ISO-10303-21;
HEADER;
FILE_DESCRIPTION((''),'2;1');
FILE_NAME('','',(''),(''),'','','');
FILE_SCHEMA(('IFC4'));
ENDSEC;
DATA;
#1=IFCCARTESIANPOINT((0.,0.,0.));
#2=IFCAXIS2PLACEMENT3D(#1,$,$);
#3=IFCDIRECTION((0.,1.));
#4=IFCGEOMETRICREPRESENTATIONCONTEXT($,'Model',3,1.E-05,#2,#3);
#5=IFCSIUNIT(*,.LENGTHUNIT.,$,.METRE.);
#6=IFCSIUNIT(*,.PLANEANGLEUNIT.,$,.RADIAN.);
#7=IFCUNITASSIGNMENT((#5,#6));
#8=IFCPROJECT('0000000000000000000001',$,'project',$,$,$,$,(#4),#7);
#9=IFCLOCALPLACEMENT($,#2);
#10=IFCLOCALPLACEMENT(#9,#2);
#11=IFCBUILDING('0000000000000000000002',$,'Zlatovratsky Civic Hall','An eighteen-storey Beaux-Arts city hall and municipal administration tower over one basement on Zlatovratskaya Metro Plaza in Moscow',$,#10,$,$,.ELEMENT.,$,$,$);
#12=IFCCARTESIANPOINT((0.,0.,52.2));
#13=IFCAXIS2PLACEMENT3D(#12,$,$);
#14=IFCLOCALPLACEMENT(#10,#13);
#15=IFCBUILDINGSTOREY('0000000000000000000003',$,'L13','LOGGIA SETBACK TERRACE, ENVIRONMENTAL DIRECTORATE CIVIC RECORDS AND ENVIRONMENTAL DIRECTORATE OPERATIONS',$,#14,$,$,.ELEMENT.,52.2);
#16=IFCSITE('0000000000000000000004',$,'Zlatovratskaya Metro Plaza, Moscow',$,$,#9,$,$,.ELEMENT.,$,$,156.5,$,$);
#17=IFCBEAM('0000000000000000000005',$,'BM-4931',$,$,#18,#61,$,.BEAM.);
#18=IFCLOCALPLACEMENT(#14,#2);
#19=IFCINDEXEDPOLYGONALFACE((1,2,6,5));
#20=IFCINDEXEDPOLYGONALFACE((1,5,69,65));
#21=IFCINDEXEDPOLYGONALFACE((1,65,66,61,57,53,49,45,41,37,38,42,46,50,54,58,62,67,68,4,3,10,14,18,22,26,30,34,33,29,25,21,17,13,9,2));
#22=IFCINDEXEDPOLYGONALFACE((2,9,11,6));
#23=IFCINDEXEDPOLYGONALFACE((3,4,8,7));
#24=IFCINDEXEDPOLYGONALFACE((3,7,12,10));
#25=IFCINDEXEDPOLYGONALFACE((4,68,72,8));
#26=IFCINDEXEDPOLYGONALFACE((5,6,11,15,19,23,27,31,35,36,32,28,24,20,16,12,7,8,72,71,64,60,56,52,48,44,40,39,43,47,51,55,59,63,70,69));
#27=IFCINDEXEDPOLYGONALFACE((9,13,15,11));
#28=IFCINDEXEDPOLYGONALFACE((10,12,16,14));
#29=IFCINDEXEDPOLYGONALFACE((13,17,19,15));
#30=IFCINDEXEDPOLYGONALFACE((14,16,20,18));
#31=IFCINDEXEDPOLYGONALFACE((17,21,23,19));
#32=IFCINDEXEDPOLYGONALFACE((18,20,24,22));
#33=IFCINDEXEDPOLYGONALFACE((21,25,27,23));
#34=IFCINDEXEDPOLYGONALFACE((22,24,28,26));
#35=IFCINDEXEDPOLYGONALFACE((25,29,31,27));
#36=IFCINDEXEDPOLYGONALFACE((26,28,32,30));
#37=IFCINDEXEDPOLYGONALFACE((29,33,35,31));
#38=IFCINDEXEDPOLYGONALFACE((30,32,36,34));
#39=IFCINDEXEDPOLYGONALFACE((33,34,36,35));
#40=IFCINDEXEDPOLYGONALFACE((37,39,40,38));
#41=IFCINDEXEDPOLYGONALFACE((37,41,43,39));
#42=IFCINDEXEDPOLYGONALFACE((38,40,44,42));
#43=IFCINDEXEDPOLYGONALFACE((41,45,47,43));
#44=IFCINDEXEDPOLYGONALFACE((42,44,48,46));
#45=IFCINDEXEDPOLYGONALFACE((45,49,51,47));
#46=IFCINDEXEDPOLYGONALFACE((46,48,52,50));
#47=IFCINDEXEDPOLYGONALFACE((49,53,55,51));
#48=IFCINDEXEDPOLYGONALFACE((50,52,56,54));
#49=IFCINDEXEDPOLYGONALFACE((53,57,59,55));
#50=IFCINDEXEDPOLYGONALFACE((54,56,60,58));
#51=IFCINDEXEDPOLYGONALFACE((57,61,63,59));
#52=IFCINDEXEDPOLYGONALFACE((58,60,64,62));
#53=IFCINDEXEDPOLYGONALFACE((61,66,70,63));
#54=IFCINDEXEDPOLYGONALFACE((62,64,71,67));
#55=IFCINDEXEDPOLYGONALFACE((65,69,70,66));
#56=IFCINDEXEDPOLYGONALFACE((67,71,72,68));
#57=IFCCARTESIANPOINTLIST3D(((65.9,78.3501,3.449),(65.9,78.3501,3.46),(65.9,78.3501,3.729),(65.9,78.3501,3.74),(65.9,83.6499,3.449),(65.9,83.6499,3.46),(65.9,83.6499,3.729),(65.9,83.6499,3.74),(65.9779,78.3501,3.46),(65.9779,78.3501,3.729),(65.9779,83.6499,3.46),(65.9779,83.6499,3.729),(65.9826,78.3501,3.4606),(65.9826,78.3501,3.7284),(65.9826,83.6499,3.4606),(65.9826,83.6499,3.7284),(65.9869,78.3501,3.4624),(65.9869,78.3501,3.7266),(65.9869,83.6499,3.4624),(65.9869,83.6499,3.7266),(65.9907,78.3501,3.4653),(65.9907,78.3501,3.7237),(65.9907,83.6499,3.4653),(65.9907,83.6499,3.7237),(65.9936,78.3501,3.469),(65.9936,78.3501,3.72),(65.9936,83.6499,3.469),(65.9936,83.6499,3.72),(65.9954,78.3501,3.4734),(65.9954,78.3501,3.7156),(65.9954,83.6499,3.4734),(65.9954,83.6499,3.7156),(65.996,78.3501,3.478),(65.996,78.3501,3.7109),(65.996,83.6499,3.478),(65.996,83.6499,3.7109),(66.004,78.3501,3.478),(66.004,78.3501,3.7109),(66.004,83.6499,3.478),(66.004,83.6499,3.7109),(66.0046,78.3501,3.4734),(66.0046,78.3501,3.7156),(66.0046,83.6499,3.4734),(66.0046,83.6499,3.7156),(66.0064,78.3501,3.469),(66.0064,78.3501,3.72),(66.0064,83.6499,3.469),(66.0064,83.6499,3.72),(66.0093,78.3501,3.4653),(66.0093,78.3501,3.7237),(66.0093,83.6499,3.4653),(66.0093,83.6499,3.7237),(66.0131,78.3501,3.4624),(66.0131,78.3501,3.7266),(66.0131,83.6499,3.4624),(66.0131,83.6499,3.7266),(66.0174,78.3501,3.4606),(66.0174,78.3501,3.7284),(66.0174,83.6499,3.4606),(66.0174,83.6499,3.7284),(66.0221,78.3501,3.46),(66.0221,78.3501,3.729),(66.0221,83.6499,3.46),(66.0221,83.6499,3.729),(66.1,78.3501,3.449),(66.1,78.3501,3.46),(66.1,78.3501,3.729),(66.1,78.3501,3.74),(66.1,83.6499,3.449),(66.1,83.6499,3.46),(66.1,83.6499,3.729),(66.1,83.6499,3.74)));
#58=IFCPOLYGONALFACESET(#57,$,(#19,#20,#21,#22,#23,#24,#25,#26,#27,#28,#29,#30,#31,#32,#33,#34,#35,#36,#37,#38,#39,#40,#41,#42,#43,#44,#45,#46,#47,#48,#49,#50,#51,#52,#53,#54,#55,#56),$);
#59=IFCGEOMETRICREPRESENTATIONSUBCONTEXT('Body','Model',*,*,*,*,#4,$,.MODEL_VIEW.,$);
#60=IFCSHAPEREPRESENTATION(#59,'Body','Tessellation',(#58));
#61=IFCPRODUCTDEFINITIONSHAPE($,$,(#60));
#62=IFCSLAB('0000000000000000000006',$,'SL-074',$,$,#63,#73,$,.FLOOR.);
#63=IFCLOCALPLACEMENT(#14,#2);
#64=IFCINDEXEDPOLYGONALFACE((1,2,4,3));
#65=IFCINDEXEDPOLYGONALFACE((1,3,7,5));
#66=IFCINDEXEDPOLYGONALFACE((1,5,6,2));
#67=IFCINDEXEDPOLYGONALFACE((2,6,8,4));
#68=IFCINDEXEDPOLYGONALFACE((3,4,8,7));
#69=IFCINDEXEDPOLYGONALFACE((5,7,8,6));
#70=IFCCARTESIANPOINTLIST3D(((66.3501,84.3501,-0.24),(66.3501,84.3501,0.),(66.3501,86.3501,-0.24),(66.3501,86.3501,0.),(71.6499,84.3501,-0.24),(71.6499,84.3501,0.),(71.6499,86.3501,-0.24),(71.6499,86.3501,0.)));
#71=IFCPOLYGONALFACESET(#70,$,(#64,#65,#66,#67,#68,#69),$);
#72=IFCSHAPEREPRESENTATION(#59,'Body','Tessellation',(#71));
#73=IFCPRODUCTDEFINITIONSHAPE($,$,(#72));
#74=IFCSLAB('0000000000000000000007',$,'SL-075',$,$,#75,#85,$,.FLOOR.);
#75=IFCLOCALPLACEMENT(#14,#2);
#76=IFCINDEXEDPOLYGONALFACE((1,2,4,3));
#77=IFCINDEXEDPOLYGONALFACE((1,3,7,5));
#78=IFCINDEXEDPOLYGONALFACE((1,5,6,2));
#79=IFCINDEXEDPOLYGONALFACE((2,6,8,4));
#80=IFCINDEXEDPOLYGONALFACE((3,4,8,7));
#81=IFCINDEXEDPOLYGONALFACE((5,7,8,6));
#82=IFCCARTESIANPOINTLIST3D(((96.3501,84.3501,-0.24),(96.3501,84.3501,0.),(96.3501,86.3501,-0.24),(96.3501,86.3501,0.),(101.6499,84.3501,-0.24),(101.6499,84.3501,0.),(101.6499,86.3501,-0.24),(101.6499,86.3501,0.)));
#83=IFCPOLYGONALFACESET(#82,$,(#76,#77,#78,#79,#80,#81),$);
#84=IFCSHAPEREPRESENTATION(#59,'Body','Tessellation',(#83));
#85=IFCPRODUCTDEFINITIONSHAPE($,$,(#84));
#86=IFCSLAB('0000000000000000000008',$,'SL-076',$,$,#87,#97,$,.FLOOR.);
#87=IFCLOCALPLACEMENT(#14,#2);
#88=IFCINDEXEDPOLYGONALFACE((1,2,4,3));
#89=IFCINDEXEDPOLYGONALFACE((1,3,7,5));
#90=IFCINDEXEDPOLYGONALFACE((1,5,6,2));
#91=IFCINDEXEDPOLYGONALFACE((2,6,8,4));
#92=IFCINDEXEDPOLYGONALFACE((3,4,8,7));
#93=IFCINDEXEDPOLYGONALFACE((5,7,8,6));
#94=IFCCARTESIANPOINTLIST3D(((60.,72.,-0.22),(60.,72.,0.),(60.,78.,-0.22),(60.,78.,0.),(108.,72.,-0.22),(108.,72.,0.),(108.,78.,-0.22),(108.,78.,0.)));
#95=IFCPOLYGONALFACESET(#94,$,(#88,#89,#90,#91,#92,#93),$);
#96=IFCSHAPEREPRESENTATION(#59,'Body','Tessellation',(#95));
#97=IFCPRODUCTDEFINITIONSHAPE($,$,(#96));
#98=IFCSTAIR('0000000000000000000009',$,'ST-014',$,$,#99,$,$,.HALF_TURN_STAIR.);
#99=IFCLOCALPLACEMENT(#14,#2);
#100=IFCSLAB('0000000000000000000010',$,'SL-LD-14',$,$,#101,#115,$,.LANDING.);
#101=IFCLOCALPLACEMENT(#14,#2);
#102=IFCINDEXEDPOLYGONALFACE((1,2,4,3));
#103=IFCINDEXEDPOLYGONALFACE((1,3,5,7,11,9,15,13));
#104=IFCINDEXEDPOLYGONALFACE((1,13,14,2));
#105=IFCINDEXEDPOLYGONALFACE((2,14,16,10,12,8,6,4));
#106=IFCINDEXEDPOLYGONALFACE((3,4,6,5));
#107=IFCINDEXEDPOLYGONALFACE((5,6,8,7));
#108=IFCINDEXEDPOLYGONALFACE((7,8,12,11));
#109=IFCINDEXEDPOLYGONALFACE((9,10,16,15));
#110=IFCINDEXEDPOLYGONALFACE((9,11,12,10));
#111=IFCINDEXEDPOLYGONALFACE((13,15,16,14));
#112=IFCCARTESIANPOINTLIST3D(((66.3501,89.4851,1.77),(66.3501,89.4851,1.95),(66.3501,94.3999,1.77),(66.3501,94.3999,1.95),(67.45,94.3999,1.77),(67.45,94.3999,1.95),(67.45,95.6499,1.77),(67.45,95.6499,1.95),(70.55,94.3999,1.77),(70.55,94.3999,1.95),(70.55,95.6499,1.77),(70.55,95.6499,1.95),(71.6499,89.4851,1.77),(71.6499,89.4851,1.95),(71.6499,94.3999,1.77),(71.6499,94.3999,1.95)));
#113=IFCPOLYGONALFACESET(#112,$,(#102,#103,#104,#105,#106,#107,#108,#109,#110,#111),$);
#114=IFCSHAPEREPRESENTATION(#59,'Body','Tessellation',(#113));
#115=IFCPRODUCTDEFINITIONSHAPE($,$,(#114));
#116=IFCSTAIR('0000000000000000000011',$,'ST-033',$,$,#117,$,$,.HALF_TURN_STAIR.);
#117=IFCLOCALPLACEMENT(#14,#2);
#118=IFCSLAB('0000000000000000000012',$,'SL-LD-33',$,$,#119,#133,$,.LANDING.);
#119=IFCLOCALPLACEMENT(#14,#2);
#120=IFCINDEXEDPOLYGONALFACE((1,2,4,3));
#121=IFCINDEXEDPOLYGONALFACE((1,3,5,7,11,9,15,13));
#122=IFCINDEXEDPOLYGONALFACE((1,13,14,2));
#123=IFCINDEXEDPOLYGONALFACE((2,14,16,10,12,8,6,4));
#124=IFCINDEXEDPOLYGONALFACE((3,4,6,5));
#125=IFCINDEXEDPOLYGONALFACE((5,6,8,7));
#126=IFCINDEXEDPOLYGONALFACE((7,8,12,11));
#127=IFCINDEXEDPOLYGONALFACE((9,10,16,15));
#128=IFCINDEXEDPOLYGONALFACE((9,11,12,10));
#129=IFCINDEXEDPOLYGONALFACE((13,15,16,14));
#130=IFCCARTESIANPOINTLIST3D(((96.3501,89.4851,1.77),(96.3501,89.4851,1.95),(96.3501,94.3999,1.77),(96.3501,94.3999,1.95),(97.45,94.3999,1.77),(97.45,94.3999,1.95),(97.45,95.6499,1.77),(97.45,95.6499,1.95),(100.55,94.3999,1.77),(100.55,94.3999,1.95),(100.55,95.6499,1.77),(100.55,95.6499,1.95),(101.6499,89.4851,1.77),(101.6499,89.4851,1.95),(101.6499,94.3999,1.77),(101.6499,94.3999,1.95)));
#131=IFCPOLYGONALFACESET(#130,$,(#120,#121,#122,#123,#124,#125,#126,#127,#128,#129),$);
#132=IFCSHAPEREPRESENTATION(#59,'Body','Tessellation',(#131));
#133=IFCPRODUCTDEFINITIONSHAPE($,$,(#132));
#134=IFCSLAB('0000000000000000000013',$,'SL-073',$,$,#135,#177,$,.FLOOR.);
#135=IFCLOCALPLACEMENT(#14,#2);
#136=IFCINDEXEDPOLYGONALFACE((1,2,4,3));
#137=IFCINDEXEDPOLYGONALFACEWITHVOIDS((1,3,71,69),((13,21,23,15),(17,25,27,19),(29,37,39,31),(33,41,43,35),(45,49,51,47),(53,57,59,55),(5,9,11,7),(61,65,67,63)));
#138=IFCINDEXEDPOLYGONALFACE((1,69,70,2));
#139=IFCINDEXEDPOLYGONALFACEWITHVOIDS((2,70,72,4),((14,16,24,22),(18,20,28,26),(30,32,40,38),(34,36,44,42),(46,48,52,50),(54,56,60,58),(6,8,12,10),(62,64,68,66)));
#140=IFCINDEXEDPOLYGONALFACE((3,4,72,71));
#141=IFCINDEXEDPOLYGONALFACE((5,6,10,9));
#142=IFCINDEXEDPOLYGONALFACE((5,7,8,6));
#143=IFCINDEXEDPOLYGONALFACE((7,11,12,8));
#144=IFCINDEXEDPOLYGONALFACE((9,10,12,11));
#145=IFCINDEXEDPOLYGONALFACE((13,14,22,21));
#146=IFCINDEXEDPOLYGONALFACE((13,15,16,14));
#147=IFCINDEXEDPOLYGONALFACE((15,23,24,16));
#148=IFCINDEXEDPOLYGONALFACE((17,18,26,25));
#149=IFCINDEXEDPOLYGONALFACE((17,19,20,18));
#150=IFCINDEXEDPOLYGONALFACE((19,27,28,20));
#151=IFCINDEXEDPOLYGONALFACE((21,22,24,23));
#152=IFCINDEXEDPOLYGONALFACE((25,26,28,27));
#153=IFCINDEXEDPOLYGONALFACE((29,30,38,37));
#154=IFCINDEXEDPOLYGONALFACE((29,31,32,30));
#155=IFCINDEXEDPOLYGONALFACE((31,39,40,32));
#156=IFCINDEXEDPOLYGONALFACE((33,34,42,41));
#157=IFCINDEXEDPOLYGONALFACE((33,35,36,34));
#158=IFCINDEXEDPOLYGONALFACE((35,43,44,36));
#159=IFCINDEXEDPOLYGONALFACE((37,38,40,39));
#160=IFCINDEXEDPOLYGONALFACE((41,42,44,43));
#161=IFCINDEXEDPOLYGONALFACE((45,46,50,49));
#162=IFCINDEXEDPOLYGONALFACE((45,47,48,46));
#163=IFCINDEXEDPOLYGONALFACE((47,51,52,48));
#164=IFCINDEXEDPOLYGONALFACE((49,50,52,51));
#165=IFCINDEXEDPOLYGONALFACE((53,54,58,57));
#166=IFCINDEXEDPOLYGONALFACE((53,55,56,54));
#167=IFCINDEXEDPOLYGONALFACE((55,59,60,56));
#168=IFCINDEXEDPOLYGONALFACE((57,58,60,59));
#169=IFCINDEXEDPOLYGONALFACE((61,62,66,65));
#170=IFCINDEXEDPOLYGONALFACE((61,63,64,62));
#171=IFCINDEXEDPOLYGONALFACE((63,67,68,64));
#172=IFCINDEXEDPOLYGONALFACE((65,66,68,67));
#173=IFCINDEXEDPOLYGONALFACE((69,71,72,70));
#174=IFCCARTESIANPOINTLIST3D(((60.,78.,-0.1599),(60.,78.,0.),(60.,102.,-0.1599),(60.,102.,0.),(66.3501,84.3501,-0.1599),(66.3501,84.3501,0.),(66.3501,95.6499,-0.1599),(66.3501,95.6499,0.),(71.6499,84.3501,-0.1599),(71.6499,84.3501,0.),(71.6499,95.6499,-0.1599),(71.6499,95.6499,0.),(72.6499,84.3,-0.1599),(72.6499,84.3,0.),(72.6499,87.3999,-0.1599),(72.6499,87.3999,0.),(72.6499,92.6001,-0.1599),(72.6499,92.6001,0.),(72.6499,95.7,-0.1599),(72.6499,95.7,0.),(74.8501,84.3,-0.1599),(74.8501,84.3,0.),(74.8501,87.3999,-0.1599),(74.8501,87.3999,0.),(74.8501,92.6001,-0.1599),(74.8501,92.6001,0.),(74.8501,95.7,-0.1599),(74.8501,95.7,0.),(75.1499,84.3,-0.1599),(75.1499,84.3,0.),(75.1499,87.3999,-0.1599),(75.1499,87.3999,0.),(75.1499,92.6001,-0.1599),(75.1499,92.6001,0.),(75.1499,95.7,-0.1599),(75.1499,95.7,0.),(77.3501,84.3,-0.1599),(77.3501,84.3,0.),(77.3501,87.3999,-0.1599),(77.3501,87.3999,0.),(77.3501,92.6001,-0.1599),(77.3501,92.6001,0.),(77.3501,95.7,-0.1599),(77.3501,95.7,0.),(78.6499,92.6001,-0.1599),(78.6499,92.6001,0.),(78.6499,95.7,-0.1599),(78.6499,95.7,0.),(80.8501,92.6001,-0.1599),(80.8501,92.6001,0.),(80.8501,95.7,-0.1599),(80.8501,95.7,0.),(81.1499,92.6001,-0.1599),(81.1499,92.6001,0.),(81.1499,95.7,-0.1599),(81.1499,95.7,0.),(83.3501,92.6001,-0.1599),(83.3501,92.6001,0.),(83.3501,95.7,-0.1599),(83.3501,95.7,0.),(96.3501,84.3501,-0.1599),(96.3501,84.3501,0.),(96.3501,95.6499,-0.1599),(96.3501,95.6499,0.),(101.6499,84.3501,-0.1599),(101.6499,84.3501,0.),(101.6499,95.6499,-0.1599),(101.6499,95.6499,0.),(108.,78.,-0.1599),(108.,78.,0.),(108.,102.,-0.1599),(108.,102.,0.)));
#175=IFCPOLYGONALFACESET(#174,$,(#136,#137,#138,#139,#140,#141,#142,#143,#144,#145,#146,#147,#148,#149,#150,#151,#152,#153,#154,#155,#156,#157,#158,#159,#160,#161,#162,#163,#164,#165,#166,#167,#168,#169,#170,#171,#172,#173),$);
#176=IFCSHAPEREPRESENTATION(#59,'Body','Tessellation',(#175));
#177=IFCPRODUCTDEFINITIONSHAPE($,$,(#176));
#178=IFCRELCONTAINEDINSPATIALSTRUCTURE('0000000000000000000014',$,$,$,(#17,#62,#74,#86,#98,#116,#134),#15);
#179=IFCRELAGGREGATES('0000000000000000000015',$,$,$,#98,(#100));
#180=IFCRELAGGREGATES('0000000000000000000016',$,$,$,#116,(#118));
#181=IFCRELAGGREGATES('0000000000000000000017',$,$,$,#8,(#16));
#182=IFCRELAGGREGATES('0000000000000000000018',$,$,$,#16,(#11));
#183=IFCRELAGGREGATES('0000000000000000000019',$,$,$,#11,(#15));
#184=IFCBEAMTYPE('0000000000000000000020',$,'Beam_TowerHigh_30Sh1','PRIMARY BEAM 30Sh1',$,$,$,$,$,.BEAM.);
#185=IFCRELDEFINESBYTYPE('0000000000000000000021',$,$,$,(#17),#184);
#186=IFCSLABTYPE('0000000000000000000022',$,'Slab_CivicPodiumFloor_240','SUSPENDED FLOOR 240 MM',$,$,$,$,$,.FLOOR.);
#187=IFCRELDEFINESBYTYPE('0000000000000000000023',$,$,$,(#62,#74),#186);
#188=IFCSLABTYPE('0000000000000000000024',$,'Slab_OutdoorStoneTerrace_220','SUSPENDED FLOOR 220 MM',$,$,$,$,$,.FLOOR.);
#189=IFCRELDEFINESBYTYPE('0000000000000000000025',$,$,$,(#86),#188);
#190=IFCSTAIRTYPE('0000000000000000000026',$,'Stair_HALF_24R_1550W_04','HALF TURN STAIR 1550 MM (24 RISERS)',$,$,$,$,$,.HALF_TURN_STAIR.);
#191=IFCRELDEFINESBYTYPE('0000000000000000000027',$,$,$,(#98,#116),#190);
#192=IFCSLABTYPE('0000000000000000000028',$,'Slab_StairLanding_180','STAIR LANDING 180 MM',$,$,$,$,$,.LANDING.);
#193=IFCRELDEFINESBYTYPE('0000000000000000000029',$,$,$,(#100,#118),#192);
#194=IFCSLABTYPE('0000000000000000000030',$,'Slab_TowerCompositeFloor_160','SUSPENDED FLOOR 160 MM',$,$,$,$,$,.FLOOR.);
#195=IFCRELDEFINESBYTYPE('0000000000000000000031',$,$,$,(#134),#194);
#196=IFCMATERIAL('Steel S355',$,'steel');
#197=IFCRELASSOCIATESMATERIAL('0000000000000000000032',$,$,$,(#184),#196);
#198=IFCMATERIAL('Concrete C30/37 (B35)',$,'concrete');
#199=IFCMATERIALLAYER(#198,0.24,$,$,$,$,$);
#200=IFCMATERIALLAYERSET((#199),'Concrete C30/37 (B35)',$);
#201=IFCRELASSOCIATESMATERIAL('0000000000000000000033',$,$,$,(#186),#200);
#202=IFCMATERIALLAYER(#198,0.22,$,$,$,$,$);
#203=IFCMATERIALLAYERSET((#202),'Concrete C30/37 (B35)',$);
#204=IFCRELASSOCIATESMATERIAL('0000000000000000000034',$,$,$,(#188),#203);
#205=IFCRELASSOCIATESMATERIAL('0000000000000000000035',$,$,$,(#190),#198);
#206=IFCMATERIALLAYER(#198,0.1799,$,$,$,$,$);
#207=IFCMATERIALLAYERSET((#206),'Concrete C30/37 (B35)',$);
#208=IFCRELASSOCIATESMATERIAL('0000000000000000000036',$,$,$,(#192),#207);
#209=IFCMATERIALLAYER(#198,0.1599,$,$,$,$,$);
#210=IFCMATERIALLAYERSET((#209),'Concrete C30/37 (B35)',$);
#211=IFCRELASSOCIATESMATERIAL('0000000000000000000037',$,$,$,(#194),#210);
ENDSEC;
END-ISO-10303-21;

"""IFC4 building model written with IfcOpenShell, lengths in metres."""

from ifc_helpers import new_model, si_unit, direction, frame, origin, origin_2d, place, context, subcontext, project, spatial, polyline, i_section, outline, extrude, material, layer, layer_set, material_profile, profile_set, type_object, element, aggregate, save


model = new_model("IFC4")

# Units and contexts
model_context = context("Model", 3, precision=1e-05, world=origin(), true_north=direction((0.0, 1.0)))
body_context = subcontext(model_context, "Body", "Model", "MODEL_VIEW")
ifc_project = project(units=[si_unit("LENGTHUNIT", "METRE"), si_unit("PLANEANGLEUNIT", "RADIAN")], contexts=[model_context])

# Site, building, storey
site_placement = place(None, origin())
site = spatial("IfcSite", under=ifc_project, at=site_placement, Name="Zlatovratskaya Metro Plaza, Moscow", CompositionType="ELEMENT", RefElevation=156.5)
building_placement = place(site_placement, origin())
building = spatial("IfcBuilding", under=site, at=building_placement, Name="Zlatovratsky Civic Hall", Description="An eighteen-storey Beaux-Arts city hall and municipal administration tower over one basement on Zlatovratskaya Metro Plaza in Moscow", CompositionType="ELEMENT")
storey_placement = place(building_placement, frame((0.0, 0.0, 52.2)))
storey = spatial("IfcBuildingStorey", under=building, at=storey_placement, Name="L13", Description="LOGGIA SETBACK TERRACE, ENVIRONMENTAL DIRECTORATE CIVIC RECORDS AND ENVIRONMENTAL DIRECTORATE OPERATIONS", CompositionType="ELEMENT", Elevation=52.2)

# Beam
ifc_material_1 = material(Name="Steel S355", Category="steel")
ifc_material_profile_1 = material_profile(ifc_material_1, i_section(OverallWidth=0.2, OverallDepth=0.291, WebThickness=0.0081, FlangeThickness=0.011, FilletRadius=0.0181, at=origin_2d()), Name="30Sh1")
ifc_profile_set_1 = profile_set([ifc_material_profile_1], Name="Steel S355")
beam_type_1 = type_object("IfcBeamType", Name="Beam_TowerHigh_30Sh1", Description="PRIMARY BEAM 30Sh1", PredefinedType="BEAM", material=ifc_profile_set_1)
beam_placement = place(storey_placement, frame((66.0, 78.3501, 3.5945), z_axis=(0.0, 1.0, 0.0), x_axis=(-1.0, 0.0, 0.0)))
element("IfcBeam", 1, at=beam_placement, inside=storey, type_object=beam_type_1, Name="BM-4931", PredefinedType="BEAM", context=body_context, shape_type="SweptSolid", body=[
    extrude(i_section(OverallWidth=0.2, OverallDepth=0.291, WebThickness=0.0081, FlangeThickness=0.011, FilletRadius=0.0181, at=origin_2d()), origin(), (0.0, 0.0, 1.0), 5.2998),
])

# Slabs
ifc_material_2 = material(Name="Concrete C30/37 (B35)", Category="concrete")
ifc_layer_1 = layer(ifc_material_2, 0.24)
ifc_layer_set_1 = layer_set([ifc_layer_1], Name="Concrete C30/37 (B35)")
slab_type_1 = type_object("IfcSlabType", Name="Slab_CivicPodiumFloor_240", Description="SUSPENDED FLOOR 240 MM", PredefinedType="FLOOR", material=ifc_layer_set_1)
slab_1_placement = place(storey_placement, frame((0.0, 0.0, -0.24)))
element("IfcSlab", 2, at=slab_1_placement, inside=storey, type_object=slab_type_1, Name="SL-074", PredefinedType="FLOOR", context=body_context, shape_type="SweptSolid", body=[
    extrude(outline(polyline([(66.3501, 84.3501), (71.6499, 84.3501), (71.6499, 86.3501), (66.3501, 86.3501), (66.3501, 84.3501)])), origin(), (0.0, 0.0, 1.0), 0.24),
])
slab_2_placement = place(storey_placement, frame((0.0, 0.0, -0.24)))
element("IfcSlab", 3, at=slab_2_placement, inside=storey, type_object=slab_type_1, Name="SL-075", PredefinedType="FLOOR", context=body_context, shape_type="SweptSolid", body=[
    extrude(outline(polyline([(96.3501, 84.3501), (101.6499, 84.3501), (101.6499, 86.3501), (96.3501, 86.3501), (96.3501, 84.3501)])), origin(), (0.0, 0.0, 1.0), 0.24),
])
ifc_layer_2 = layer(ifc_material_2, 0.22)
ifc_layer_set_2 = layer_set([ifc_layer_2], Name="Concrete C30/37 (B35)")
slab_type_2 = type_object("IfcSlabType", Name="Slab_OutdoorStoneTerrace_220", Description="SUSPENDED FLOOR 220 MM", PredefinedType="FLOOR", material=ifc_layer_set_2)
slab_3_placement = place(storey_placement, frame((0.0, 0.0, -0.22)))
element("IfcSlab", 4, at=slab_3_placement, inside=storey, type_object=slab_type_2, Name="SL-076", PredefinedType="FLOOR", context=body_context, shape_type="SweptSolid", body=[
    extrude(outline(polyline([(60.0, 72.0), (108.0, 72.0), (108.0, 78.0), (60.0, 78.0), (60.0, 72.0)])), origin(), (0.0, 0.0, 1.0), 0.22),
])

# Stairs, slabs
stair_type = type_object("IfcStairType", Name="Stair_HALF_24R_1550W_04", Description="HALF TURN STAIR 1550 MM (24 RISERS)", PredefinedType="HALF_TURN_STAIR", material=ifc_material_2)
stair_1_placement = place(storey_placement, origin())
stair_1 = element("IfcStair", 5, at=stair_1_placement, inside=storey, type_object=stair_type, Name="ST-014", PredefinedType="HALF_TURN_STAIR")
ifc_layer_3 = layer(ifc_material_2, 0.1799)
ifc_layer_set_3 = layer_set([ifc_layer_3], Name="Concrete C30/37 (B35)")
slab_type_3 = type_object("IfcSlabType", Name="Slab_StairLanding_180", Description="STAIR LANDING 180 MM", PredefinedType="LANDING", material=ifc_layer_set_3)
slab_4_placement = place(storey_placement, frame((0.0, 0.0, 1.77)))
slab_4 = element("IfcSlab", 6, at=slab_4_placement, type_object=slab_type_3, Name="SL-LD-14", PredefinedType="LANDING", context=body_context, shape_type="SweptSolid", body=[
    extrude(outline(polyline([(66.3501, 89.4851), (71.6499, 89.4851), (71.6499, 94.3999), (70.55, 94.3999), (70.55, 95.6499), (67.45, 95.6499), (67.45, 94.3999), (66.3501, 94.3999), (66.3501, 89.4851)])), origin(), (0.0, 0.0, 1.0), 0.1799),
])
aggregate(stair_1, [slab_4])
stair_2_placement = place(storey_placement, origin())
stair_2 = element("IfcStair", 7, at=stair_2_placement, inside=storey, type_object=stair_type, Name="ST-033", PredefinedType="HALF_TURN_STAIR")
slab_5_placement = place(storey_placement, frame((0.0, 0.0, 1.77)))
slab_5 = element("IfcSlab", 8, at=slab_5_placement, type_object=slab_type_3, Name="SL-LD-33", PredefinedType="LANDING", context=body_context, shape_type="SweptSolid", body=[
    extrude(outline(polyline([(96.3501, 89.4851), (101.6499, 89.4851), (101.6499, 94.3999), (100.55, 94.3999), (100.55, 95.6499), (97.45, 95.6499), (97.45, 94.3999), (96.3501, 94.3999), (96.3501, 89.4851)])), origin(), (0.0, 0.0, 1.0), 0.1799),
])
aggregate(stair_2, [slab_5])

# Slab
ifc_layer_4 = layer(ifc_material_2, 0.1599)
ifc_layer_set_4 = layer_set([ifc_layer_4], Name="Concrete C30/37 (B35)")
slab_type_4 = type_object("IfcSlabType", Name="Slab_TowerCompositeFloor_160", Description="SUSPENDED FLOOR 160 MM", PredefinedType="FLOOR", material=ifc_layer_set_4)
slab_6_placement = place(storey_placement, frame((0.0, 0.0, -0.1599)))
element("IfcSlab", 9, at=slab_6_placement, inside=storey, type_object=slab_type_4, Name="SL-073", PredefinedType="FLOOR", context=body_context, shape_type="SweptSolid", body=[
    extrude(outline(polyline([(60.0, 78.0), (108.0, 78.0), (108.0, 102.0), (60.0, 102.0), (60.0, 78.0)]), holes=[polyline([(66.3501, 84.3501), (71.6499, 84.3501), (71.6499, 95.6499), (66.3501, 95.6499), (66.3501, 84.3501)]), polyline([(96.3501, 84.3501), (101.6499, 84.3501), (101.6499, 95.6499), (96.3501, 95.6499), (96.3501, 84.3501)]), polyline([(72.6499, 84.3), (74.8501, 84.3), (74.8501, 87.3999), (72.6499, 87.3999), (72.6499, 84.3)]), polyline([(75.1499, 84.3), (77.3501, 84.3), (77.3501, 87.3999), (75.1499, 87.3999), (75.1499, 84.3)]), polyline([(72.6499, 92.6001), (74.8501, 92.6001), (74.8501, 95.7), (72.6499, 95.7), (72.6499, 92.6001)]), polyline([(75.1499, 92.6001), (77.3501, 92.6001), (77.3501, 95.7), (75.1499, 95.7), (75.1499, 92.6001)]), polyline([(78.6499, 92.6001), (80.8501, 92.6001), (80.8501, 95.7), (78.6499, 95.7), (78.6499, 92.6001)]), polyline([(81.1499, 92.6001), (83.3501, 92.6001), (83.3501, 95.7), (81.1499, 95.7), (81.1499, 92.6001)])]), origin(), (0.0, 0.0, 1.0), 0.1599),
])

save(model, "model.ifc")
